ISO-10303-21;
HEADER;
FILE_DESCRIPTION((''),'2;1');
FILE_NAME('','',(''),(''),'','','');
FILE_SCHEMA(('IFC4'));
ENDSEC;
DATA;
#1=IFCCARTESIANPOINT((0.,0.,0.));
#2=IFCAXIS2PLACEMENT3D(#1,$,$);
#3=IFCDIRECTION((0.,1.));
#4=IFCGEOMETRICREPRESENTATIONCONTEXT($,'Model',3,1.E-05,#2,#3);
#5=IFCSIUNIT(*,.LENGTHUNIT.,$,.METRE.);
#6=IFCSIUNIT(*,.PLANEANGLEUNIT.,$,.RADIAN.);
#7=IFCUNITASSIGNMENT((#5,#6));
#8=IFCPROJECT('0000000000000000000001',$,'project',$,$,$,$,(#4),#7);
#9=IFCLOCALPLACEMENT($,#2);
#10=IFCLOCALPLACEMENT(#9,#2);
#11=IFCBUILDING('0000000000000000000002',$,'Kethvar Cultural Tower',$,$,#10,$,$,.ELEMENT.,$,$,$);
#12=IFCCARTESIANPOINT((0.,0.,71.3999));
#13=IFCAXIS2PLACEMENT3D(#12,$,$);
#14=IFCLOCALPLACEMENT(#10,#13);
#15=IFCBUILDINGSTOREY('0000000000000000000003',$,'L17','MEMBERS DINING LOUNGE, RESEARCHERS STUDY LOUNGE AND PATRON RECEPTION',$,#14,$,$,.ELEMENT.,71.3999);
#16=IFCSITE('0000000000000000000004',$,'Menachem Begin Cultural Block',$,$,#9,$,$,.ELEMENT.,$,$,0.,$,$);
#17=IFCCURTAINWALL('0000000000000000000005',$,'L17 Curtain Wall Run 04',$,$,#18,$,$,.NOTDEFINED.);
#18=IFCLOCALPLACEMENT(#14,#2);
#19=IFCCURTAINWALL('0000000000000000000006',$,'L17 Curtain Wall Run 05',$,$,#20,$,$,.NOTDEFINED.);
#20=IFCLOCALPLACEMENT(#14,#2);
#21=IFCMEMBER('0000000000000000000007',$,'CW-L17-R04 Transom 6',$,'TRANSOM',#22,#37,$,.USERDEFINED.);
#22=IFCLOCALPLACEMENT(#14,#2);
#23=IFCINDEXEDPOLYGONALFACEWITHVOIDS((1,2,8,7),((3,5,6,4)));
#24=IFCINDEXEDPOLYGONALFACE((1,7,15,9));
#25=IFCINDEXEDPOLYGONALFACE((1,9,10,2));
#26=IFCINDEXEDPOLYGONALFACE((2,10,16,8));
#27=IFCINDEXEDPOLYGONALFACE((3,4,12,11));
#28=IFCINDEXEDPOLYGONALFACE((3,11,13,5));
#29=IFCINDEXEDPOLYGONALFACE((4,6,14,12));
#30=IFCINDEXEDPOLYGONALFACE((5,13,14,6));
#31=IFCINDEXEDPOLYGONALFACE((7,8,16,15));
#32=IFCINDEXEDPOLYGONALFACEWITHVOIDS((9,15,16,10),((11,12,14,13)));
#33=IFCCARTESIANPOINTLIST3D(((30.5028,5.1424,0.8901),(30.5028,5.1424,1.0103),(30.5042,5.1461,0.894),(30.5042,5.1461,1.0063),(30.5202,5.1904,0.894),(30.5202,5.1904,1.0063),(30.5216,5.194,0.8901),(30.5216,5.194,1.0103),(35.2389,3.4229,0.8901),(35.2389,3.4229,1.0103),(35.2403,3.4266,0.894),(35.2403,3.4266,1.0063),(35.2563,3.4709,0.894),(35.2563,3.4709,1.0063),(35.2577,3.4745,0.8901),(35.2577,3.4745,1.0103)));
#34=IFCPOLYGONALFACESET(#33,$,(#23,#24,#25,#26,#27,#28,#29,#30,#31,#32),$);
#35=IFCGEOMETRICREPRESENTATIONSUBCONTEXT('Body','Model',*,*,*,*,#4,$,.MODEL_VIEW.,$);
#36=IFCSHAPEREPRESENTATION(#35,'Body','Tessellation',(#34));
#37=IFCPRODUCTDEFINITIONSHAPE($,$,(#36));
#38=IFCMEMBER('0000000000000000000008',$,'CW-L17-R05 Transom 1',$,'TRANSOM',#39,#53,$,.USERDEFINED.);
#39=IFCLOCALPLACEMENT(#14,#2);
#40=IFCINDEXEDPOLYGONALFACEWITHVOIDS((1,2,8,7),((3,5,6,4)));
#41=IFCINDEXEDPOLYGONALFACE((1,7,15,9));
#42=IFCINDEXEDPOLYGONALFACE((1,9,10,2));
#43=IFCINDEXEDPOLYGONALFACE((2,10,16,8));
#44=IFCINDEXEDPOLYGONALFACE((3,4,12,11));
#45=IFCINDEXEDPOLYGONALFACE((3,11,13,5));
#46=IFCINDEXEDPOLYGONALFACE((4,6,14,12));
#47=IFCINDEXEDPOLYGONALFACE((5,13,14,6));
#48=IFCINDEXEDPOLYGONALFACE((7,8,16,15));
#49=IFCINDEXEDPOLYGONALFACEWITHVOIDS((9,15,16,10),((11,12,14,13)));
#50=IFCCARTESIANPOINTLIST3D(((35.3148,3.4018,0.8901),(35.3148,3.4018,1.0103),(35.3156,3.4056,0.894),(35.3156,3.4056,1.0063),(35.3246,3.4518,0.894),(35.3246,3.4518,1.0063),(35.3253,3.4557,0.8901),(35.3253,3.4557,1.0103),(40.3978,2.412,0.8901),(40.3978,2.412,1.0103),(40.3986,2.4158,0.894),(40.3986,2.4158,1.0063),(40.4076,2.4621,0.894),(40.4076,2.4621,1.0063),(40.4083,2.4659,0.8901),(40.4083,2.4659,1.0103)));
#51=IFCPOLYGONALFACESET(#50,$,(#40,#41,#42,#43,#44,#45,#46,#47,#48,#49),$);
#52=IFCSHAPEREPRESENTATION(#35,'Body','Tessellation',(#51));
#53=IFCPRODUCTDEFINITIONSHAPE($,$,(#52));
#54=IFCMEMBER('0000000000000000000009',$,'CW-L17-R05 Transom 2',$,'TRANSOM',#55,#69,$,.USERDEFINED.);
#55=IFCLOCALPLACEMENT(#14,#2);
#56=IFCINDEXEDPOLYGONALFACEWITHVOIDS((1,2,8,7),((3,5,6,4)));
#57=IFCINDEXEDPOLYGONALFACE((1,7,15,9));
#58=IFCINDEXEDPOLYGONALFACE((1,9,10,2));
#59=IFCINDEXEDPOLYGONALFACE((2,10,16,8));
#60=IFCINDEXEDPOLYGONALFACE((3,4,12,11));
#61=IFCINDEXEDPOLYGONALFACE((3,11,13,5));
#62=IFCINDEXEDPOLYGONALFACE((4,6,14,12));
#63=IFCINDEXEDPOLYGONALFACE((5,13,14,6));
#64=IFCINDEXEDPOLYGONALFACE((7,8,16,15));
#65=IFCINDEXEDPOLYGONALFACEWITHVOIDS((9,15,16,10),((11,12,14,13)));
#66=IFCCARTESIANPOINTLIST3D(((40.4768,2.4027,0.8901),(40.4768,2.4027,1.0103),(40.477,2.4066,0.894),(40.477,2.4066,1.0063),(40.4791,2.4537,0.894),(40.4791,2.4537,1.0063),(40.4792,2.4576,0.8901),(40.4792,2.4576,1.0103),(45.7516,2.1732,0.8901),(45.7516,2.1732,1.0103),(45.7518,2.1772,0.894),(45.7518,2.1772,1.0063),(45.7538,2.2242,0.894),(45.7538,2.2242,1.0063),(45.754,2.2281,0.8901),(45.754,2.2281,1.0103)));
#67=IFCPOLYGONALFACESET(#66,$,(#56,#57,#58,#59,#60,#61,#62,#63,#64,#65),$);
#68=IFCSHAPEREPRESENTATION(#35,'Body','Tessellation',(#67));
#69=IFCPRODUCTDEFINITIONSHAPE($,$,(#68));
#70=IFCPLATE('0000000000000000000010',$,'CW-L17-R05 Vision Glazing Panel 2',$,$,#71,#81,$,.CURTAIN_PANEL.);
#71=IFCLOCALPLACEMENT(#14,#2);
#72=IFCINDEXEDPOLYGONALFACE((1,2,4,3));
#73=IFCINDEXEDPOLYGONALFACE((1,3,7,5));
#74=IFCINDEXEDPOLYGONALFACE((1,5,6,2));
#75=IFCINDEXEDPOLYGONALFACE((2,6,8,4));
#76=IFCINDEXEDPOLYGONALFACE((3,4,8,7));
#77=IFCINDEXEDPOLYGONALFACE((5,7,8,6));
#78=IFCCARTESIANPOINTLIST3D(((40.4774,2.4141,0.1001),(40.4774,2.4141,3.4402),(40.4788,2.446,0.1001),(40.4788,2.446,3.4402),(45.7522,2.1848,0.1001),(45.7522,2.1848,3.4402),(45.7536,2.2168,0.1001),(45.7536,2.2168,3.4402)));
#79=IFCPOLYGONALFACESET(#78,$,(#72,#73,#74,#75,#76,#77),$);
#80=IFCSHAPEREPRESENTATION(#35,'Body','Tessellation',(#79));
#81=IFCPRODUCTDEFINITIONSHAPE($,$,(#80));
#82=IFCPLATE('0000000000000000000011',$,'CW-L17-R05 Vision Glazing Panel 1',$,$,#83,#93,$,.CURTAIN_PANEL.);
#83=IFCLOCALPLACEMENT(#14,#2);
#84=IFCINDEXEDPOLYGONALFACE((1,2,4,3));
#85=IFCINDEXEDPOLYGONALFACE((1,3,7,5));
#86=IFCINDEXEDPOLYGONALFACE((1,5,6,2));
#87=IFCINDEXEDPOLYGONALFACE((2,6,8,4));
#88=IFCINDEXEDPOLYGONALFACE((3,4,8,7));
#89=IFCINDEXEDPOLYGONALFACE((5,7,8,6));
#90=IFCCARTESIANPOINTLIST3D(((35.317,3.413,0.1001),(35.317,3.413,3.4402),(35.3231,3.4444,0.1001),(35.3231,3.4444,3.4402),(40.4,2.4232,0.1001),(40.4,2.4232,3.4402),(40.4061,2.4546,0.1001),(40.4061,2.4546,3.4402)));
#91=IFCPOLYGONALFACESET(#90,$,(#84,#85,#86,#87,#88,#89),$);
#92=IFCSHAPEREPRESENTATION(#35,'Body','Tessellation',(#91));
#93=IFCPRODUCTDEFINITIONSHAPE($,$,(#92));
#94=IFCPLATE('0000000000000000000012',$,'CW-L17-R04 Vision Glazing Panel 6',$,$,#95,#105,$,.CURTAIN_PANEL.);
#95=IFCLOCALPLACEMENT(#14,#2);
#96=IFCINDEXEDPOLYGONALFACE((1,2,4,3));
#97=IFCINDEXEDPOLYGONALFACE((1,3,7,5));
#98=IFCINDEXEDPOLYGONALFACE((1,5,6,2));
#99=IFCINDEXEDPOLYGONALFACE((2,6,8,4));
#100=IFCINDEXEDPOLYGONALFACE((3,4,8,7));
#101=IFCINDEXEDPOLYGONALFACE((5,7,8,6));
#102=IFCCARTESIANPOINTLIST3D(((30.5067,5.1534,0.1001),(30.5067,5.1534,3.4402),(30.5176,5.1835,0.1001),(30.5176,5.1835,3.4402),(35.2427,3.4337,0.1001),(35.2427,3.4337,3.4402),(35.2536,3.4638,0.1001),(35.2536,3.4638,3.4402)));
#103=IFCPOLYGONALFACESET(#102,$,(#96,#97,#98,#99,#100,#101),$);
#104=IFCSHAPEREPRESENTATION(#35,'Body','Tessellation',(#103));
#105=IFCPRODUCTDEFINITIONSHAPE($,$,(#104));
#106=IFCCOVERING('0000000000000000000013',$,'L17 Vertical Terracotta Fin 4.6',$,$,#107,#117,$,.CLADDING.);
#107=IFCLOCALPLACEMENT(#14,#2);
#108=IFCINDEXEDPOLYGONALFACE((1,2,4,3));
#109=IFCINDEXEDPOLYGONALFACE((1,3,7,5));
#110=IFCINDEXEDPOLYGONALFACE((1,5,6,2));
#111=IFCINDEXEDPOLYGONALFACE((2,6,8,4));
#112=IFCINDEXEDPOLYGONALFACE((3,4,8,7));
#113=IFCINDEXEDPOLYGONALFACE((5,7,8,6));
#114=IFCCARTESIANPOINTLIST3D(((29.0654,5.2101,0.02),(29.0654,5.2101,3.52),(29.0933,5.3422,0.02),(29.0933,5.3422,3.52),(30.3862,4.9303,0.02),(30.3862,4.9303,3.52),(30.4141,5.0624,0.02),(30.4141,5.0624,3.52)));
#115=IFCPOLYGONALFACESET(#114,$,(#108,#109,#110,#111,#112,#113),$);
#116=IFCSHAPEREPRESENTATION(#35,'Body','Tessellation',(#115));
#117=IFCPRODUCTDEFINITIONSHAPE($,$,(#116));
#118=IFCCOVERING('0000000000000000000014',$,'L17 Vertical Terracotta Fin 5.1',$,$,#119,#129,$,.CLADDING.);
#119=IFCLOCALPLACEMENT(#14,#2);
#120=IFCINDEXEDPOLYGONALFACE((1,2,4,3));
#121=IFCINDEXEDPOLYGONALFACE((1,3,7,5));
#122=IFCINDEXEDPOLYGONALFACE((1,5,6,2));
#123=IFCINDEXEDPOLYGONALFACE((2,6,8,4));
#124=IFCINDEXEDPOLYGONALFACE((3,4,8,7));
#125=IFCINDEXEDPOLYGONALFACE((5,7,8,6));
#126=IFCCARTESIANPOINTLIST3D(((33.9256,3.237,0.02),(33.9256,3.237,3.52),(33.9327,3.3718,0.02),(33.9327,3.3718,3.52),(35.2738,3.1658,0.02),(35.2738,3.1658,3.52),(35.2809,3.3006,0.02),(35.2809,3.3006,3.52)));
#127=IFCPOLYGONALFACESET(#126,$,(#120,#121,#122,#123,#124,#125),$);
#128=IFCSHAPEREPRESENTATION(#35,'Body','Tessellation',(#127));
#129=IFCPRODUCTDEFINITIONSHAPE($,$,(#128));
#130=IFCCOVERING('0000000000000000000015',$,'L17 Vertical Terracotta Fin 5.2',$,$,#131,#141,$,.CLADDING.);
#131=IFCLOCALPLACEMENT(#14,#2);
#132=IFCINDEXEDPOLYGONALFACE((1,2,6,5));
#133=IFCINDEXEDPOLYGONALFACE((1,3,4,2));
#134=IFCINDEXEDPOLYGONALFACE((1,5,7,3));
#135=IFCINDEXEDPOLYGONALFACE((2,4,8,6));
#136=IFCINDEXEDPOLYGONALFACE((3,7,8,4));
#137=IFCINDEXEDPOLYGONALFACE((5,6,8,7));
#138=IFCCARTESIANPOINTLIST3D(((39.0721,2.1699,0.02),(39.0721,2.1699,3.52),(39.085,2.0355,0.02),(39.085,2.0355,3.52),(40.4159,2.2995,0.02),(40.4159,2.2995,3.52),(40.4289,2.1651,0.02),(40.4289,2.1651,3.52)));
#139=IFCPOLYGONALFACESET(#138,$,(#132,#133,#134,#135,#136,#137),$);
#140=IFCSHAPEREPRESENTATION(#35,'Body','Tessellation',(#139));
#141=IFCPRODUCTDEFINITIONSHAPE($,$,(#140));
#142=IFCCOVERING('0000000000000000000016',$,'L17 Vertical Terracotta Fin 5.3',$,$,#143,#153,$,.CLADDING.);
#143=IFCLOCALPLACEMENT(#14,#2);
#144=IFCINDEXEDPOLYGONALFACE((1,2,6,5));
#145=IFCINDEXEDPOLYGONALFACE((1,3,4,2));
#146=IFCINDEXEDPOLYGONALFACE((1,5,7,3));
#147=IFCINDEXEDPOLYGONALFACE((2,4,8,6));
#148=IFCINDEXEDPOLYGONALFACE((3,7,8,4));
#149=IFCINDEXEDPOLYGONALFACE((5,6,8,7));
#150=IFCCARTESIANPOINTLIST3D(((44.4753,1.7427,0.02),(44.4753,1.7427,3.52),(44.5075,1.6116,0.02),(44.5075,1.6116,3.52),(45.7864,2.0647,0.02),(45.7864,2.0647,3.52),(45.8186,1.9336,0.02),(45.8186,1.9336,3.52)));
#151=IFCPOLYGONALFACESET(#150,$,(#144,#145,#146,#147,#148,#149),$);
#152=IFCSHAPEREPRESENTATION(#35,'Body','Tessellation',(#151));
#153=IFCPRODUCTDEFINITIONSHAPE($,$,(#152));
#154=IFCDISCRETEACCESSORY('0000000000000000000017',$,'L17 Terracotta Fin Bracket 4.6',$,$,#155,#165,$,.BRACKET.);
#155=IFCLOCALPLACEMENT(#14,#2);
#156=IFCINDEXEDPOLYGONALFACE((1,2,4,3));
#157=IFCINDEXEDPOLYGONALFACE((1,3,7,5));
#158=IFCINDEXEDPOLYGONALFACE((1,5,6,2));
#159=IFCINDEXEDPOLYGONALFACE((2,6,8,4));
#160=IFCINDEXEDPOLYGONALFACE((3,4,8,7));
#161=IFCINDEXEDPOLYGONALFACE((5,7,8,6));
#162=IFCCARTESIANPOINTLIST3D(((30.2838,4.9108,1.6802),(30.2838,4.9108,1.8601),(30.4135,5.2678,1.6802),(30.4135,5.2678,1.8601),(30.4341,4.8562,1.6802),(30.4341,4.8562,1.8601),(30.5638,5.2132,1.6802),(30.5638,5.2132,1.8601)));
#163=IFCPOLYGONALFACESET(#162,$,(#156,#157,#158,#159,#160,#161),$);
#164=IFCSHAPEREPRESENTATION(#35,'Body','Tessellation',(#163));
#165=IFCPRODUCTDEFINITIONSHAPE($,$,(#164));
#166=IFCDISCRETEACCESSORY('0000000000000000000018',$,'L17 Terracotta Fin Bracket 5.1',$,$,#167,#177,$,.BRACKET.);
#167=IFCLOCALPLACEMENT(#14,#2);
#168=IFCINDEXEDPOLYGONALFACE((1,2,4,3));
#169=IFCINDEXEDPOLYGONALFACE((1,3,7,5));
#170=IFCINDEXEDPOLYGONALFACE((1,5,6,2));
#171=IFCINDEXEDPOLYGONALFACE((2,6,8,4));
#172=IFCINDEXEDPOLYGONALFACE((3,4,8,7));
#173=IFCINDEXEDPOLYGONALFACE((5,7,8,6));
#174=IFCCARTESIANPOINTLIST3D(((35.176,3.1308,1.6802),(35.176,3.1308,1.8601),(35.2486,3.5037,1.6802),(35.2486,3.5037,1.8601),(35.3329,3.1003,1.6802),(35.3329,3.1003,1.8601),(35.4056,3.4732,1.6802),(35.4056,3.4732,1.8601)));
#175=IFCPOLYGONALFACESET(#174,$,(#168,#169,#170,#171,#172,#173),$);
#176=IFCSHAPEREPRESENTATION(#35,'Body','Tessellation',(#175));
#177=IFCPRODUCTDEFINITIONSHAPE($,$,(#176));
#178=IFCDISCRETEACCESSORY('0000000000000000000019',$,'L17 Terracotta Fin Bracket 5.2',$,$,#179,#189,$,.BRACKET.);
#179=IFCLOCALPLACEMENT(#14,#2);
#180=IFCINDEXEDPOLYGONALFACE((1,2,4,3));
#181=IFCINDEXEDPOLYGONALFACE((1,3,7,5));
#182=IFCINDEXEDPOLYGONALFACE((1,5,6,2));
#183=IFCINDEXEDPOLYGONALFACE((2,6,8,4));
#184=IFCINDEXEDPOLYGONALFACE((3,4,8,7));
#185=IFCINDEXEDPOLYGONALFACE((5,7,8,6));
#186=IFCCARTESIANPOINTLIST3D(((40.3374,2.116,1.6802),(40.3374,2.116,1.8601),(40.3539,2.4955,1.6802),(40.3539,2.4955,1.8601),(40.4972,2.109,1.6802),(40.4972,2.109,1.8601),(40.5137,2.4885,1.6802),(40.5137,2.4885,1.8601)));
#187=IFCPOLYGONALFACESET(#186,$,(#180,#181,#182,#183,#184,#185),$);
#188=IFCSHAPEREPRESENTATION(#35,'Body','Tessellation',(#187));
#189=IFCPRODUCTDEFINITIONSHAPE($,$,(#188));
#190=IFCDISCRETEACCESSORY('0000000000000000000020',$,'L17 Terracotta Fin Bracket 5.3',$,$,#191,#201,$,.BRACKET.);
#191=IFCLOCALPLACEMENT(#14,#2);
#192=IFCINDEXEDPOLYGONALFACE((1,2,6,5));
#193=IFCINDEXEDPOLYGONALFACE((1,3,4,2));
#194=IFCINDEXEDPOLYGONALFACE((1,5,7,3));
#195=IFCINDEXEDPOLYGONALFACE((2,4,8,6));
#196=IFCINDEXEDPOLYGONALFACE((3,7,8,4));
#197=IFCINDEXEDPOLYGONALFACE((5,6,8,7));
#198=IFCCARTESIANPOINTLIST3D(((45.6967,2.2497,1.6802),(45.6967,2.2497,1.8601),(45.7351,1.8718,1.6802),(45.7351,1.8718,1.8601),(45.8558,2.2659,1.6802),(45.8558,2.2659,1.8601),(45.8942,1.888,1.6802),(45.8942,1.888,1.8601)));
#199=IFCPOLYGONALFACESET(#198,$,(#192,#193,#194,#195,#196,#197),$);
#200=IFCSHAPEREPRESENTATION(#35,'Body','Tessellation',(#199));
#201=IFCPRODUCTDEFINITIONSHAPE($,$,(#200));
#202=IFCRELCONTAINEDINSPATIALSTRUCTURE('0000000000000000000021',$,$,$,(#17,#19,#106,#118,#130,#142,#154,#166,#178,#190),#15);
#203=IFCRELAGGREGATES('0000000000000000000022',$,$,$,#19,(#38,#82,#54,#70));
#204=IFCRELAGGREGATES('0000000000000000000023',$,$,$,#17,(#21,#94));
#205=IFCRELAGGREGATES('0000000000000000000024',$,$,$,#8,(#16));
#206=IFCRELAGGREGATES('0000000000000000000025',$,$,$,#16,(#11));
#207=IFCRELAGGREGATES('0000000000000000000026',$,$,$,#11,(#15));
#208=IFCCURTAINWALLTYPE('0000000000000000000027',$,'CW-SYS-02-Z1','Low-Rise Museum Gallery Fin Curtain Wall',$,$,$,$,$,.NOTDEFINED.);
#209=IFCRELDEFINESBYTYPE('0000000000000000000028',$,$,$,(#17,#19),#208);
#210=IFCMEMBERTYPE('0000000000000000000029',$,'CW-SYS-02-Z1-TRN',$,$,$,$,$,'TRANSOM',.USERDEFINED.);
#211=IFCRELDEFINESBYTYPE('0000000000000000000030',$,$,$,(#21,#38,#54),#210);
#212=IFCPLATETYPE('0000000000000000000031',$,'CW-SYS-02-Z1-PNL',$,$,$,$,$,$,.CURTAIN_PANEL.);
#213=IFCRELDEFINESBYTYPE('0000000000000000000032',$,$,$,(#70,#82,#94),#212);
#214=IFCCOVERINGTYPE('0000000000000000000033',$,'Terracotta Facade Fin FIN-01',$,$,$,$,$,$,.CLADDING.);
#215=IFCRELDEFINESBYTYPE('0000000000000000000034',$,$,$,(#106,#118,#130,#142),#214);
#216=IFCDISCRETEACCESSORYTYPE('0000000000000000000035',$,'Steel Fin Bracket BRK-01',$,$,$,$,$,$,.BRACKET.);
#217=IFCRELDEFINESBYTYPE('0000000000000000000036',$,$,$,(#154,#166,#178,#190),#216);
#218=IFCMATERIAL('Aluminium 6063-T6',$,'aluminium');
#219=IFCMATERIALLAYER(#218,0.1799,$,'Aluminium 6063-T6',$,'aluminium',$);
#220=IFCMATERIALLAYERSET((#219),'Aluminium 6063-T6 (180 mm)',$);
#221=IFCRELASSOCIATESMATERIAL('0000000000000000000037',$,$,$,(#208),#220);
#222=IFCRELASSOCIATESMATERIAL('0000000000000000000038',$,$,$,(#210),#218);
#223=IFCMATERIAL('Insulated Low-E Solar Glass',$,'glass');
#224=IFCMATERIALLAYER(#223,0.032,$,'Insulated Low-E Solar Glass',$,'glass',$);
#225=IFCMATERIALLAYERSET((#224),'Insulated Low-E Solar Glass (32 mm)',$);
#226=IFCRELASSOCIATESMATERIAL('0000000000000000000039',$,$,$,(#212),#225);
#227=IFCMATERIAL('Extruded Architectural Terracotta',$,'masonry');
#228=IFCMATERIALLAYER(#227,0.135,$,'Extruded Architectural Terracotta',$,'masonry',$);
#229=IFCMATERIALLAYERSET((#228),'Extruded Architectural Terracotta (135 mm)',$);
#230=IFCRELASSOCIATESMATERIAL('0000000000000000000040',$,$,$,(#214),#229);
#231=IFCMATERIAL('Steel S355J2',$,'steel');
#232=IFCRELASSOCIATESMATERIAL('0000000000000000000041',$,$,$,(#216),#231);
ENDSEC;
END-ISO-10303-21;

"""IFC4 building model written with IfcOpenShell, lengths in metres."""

from ifc_helpers import new_model, si_unit, direction, frame, origin, origin_2d, place, context, subcontext, project, spatial, rectangle, hollow_rectangle, extrude, source, transform, mapped, material, layer, layer_set, material_profile, profile_set, type_object, element, aggregate, save


model = new_model("IFC4")

# Units and contexts
model_context = context("Model", 3, precision=1e-05, world=origin(), true_north=direction((0.0, 1.0)))
body_context = subcontext(model_context, "Body", "Model", "MODEL_VIEW")
ifc_project = project(units=[si_unit("LENGTHUNIT", "METRE"), si_unit("PLANEANGLEUNIT", "RADIAN")], contexts=[model_context])

# Site, building, storey
site_placement = place(None, origin())
site = spatial("IfcSite", under=ifc_project, at=site_placement, Name="Menachem Begin Cultural Block", CompositionType="ELEMENT", RefElevation=0.0)
building_placement = place(site_placement, origin())
building = spatial("IfcBuilding", under=site, at=building_placement, Name="Kethvar Cultural Tower", CompositionType="ELEMENT")
storey_placement = place(building_placement, frame((0.0, 0.0, 71.3999)))
storey = spatial("IfcBuildingStorey", under=building, at=storey_placement, Name="L17", Description="MEMBERS DINING LOUNGE, RESEARCHERS STUDY LOUNGE AND PATRON RECEPTION", CompositionType="ELEMENT", Elevation=71.3999)

# Shared definitions
ifc_material_1 = material(Name="Steel S355J2", Category="steel")

# Curtain walls
ifc_material_2 = material(Name="Aluminium 6063-T6", Category="aluminium")
ifc_layer_1 = layer(ifc_material_2, 0.1799, Name="Aluminium 6063-T6", Category="aluminium")
ifc_layer_set_1 = layer_set([ifc_layer_1], Name="Aluminium 6063-T6 (180 mm)")
curtain_wall_type = type_object("IfcCurtainWallType", Name="CW-SYS-02-Z1", Description="Low-Rise Museum Gallery Fin Curtain Wall", PredefinedType="NOTDEFINED", material=ifc_layer_set_1)
curtain_wall_1_placement = place(storey_placement, origin())
curtain_wall_1 = element("IfcCurtainWall", 1, at=curtain_wall_1_placement, inside=storey, type_object=curtain_wall_type, Name="L17 Curtain Wall Run 04", PredefinedType="NOTDEFINED")
curtain_wall_2_placement = place(storey_placement, origin())
curtain_wall_2 = element("IfcCurtainWall", 2, at=curtain_wall_2_placement, inside=storey, type_object=curtain_wall_type, Name="L17 Curtain Wall Run 05", PredefinedType="NOTDEFINED")

# Members
ifc_material_profile_1 = material_profile(ifc_material_2, hollow_rectangle(XDim=0.0549, YDim=0.1201, WallThickness=0.0039, at=origin_2d()), Name="Aluminium 6063-T6 — RHS120x55x4")
ifc_profile_set_1 = profile_set([ifc_material_profile_1], Name="Aluminium 6063-T6 — RHS120x55x4")
member_type_1 = type_object("IfcMemberType", Name="CW-SYS-02-Z1-TRN", ElementType="TRANSOM", PredefinedType="USERDEFINED", material=ifc_profile_set_1)
shared_shape_1 = source(origin(), body_context, "Body", "SweptSolid", [
    extrude(hollow_rectangle(XDim=0.0549, YDim=0.1201, WallThickness=0.0039, at=origin_2d()), origin(), (0.0, 0.0, 1.0), 5.0386),
])
member_1_placement = place(storey_placement, frame((30.5122, 5.1682, 0.9502), z_axis=(0.939967, -0.341264, 0.0), x_axis=(0.341264, 0.939967, 0.0)))
member_1 = element("IfcMember", 3, at=member_1_placement, type_object=member_type_1, Name="CW-L17-R04 Transom 6", ObjectType="TRANSOM", PredefinedType="USERDEFINED", context=body_context, shape_type="MappedRepresentation", body=[
    mapped(shared_shape_1, transform((0.0, 0.0, 0.0), scale=1.0)),
])
shared_shape_2 = source(origin(), body_context, "Body", "SweptSolid", [
    extrude(hollow_rectangle(XDim=0.0549, YDim=0.1201, WallThickness=0.0039, at=origin_2d()), origin(), (0.0, 0.0, 1.0), 5.1785),
])
member_2_placement = place(storey_placement, frame((35.3201, 3.4287, 0.9502), z_axis=(0.981565, -0.191127, 0.0), x_axis=(0.191127, 0.981565, 0.0)))
member_2 = element("IfcMember", 4, at=member_2_placement, type_object=member_type_1, Name="CW-L17-R05 Transom 1", ObjectType="TRANSOM", PredefinedType="USERDEFINED", context=body_context, shape_type="MappedRepresentation", body=[
    mapped(shared_shape_2, transform((0.0, 0.0, 0.0), scale=1.0)),
])
shared_shape_3 = source(origin(), body_context, "Body", "SweptSolid", [
    extrude(hollow_rectangle(XDim=0.0549, YDim=0.1201, WallThickness=0.0039, at=origin_2d()), origin(), (0.0, 0.0, 1.0), 5.2798),
])
member_3_placement = place(storey_placement, frame((40.478, 2.4302, 0.9502), z_axis=(0.999055, -0.043465, 0.0), x_axis=(0.043465, 0.999055, 0.0)))
member_3 = element("IfcMember", 5, at=member_3_placement, type_object=member_type_1, Name="CW-L17-R05 Transom 2", ObjectType="TRANSOM", PredefinedType="USERDEFINED", context=body_context, shape_type="MappedRepresentation", body=[
    mapped(shared_shape_3, transform((0.0, 0.0, 0.0), scale=1.0)),
])

# Plates
ifc_material_3 = material(Name="Insulated Low-E Solar Glass", Category="glass")
ifc_layer_2 = layer(ifc_material_3, 0.032, Name="Insulated Low-E Solar Glass", Category="glass")
ifc_layer_set_2 = layer_set([ifc_layer_2], Name="Insulated Low-E Solar Glass (32 mm)")
plate_type = type_object("IfcPlateType", Name="CW-SYS-02-Z1-PNL", PredefinedType="CURTAIN_PANEL", material=ifc_layer_set_2)
shared_shape_4 = source(origin(), body_context, "Body", "SweptSolid", [
    extrude(rectangle(XDim=5.2798, YDim=0.032, at=origin_2d()), origin(), (0.0, 0.0, 1.0), 3.3401),
])
plate_1_placement = place(storey_placement, frame((43.1155, 2.3154, 0.1001), z_axis=(0.0, 0.0, 1.0), x_axis=(0.999057, -0.043428, 0.0)))
plate_1 = element("IfcPlate", 6, at=plate_1_placement, type_object=plate_type, Name="CW-L17-R05 Vision Glazing Panel 2", PredefinedType="CURTAIN_PANEL", context=body_context, shape_type="MappedRepresentation", body=[
    mapped(shared_shape_4, transform((0.0, 0.0, 0.0), scale=1.0)),
])
shared_shape_5 = source(origin(), body_context, "Body", "SweptSolid", [
    extrude(rectangle(XDim=5.1785, YDim=0.032, at=origin_2d()), origin(), (0.0, 0.0, 1.0), 3.3401),
])
plate_2_placement = place(storey_placement, frame((37.8616, 2.9338, 0.1001), z_axis=(0.0, 0.0, 1.0), x_axis=(0.981564, -0.191135, 0.0)))
plate_2 = element("IfcPlate", 7, at=plate_2_placement, type_object=plate_type, Name="CW-L17-R05 Vision Glazing Panel 1", PredefinedType="CURTAIN_PANEL", context=body_context, shape_type="MappedRepresentation", body=[
    mapped(shared_shape_5, transform((0.0, 0.0, 0.0), scale=1.0)),
])
aggregate(curtain_wall_2, [member_2, plate_2, member_3, plate_1])
shared_shape_6 = source(origin(), body_context, "Body", "SweptSolid", [
    extrude(rectangle(XDim=5.0386, YDim=0.032, at=origin_2d()), origin(), (0.0, 0.0, 1.0), 3.3401),
])
plate_3_placement = place(storey_placement, frame((32.8801, 4.3086, 0.1001), z_axis=(0.0, 0.0, 1.0), x_axis=(0.939955, -0.341298, 0.0)))
plate_3 = element("IfcPlate", 8, at=plate_3_placement, type_object=plate_type, Name="CW-L17-R04 Vision Glazing Panel 6", PredefinedType="CURTAIN_PANEL", context=body_context, shape_type="MappedRepresentation", body=[
    mapped(shared_shape_6, transform((0.0, 0.0, 0.0), scale=1.0)),
])
aggregate(curtain_wall_1, [member_1, plate_3])

# Coverings
ifc_material_4 = material(Name="Extruded Architectural Terracotta", Category="masonry")
ifc_layer_3 = layer(ifc_material_4, 0.135, Name="Extruded Architectural Terracotta", Category="masonry")
ifc_layer_set_3 = layer_set([ifc_layer_3], Name="Extruded Architectural Terracotta (135 mm)")
covering_type = type_object("IfcCoveringType", Name="Terracotta Facade Fin FIN-01", PredefinedType="CLADDING", material=ifc_layer_set_3)
shared_shape_7 = source(origin(), body_context, "Body", "SweptSolid", [
    extrude(rectangle(XDim=1.3501, YDim=0.135, at=origin_2d()), origin(), (0.0, 0.0, 1.0), 3.5),
])
for number, where, z_axis, x_axis, name in (
    (9, (29.7397, 5.1362, 0.02), (0.0, 0.0, 1.0), (-0.978293, 0.207229, 0.0), "L17 Vertical Terracotta Fin 4.6"),
    (10, (34.6033, 3.2688, 0.02), (0.0, 0.0, 1.0), (-0.998611, 0.052685, 0.0), "L17 Vertical Terracotta Fin 5.1"),
    (11, (39.7505, 2.1675, 0.02), (0.0, 0.0, 1.0), (-0.995379, -0.096019, 0.0), "L17 Vertical Terracotta Fin 5.2"),
    (12, (45.147, 1.8381, 0.02), (0.0, 0.0, 1.0), (-0.971134, -0.238533, 0.0), "L17 Vertical Terracotta Fin 5.3"),
):
    element("IfcCovering", number, at=place(storey_placement, frame(where, z_axis=z_axis, x_axis=x_axis)), inside=storey, type_object=covering_type, Name=name, PredefinedType="CLADDING", context=body_context, shape_type="MappedRepresentation", body=[
        mapped(shared_shape_7, transform((0.0, 0.0, 0.0), scale=1.0)),
    ])

# Discrete accessories
discrete_accessory_type = type_object("IfcDiscreteAccessoryType", Name="Steel Fin Bracket BRK-01", PredefinedType="BRACKET", material=ifc_material_1)
shared_shape_8 = source(origin(), body_context, "Body", "SweptSolid", [
    extrude(rectangle(XDim=0.3799, YDim=0.1599, at=origin_2d()), origin(), (0.0, 0.0, 1.0), 0.1799),
])
for number, where, z_axis, x_axis, name in (
    (13, (30.4238, 5.062, 1.6802), (0.0, 0.0, 1.0), (-0.341364, -0.939931, 0.0), "L17 Terracotta Fin Bracket 4.6"),
    (14, (35.2908, 3.302, 1.6802), (0.0, 0.0, 1.0), (-0.191152, -0.981561, 0.0), "L17 Terracotta Fin Bracket 5.1"),
    (15, (40.4255, 2.3022, 1.6802), (0.0, 0.0, 1.0), (-0.043445, -0.999056, 0.0), "L17 Terracotta Fin Bracket 5.2"),
    (16, (45.7954, 2.0688, 1.6802), (0.0, 0.0, 1.0), (0.101056, -0.994881, 0.0), "L17 Terracotta Fin Bracket 5.3"),
):
    element("IfcDiscreteAccessory", number, at=place(storey_placement, frame(where, z_axis=z_axis, x_axis=x_axis)), inside=storey, type_object=discrete_accessory_type, Name=name, PredefinedType="BRACKET", context=body_context, shape_type="MappedRepresentation", body=[
        mapped(shared_shape_8, transform((0.0, 0.0, 0.0), scale=1.0)),
    ])

save(model, "model.ifc")
